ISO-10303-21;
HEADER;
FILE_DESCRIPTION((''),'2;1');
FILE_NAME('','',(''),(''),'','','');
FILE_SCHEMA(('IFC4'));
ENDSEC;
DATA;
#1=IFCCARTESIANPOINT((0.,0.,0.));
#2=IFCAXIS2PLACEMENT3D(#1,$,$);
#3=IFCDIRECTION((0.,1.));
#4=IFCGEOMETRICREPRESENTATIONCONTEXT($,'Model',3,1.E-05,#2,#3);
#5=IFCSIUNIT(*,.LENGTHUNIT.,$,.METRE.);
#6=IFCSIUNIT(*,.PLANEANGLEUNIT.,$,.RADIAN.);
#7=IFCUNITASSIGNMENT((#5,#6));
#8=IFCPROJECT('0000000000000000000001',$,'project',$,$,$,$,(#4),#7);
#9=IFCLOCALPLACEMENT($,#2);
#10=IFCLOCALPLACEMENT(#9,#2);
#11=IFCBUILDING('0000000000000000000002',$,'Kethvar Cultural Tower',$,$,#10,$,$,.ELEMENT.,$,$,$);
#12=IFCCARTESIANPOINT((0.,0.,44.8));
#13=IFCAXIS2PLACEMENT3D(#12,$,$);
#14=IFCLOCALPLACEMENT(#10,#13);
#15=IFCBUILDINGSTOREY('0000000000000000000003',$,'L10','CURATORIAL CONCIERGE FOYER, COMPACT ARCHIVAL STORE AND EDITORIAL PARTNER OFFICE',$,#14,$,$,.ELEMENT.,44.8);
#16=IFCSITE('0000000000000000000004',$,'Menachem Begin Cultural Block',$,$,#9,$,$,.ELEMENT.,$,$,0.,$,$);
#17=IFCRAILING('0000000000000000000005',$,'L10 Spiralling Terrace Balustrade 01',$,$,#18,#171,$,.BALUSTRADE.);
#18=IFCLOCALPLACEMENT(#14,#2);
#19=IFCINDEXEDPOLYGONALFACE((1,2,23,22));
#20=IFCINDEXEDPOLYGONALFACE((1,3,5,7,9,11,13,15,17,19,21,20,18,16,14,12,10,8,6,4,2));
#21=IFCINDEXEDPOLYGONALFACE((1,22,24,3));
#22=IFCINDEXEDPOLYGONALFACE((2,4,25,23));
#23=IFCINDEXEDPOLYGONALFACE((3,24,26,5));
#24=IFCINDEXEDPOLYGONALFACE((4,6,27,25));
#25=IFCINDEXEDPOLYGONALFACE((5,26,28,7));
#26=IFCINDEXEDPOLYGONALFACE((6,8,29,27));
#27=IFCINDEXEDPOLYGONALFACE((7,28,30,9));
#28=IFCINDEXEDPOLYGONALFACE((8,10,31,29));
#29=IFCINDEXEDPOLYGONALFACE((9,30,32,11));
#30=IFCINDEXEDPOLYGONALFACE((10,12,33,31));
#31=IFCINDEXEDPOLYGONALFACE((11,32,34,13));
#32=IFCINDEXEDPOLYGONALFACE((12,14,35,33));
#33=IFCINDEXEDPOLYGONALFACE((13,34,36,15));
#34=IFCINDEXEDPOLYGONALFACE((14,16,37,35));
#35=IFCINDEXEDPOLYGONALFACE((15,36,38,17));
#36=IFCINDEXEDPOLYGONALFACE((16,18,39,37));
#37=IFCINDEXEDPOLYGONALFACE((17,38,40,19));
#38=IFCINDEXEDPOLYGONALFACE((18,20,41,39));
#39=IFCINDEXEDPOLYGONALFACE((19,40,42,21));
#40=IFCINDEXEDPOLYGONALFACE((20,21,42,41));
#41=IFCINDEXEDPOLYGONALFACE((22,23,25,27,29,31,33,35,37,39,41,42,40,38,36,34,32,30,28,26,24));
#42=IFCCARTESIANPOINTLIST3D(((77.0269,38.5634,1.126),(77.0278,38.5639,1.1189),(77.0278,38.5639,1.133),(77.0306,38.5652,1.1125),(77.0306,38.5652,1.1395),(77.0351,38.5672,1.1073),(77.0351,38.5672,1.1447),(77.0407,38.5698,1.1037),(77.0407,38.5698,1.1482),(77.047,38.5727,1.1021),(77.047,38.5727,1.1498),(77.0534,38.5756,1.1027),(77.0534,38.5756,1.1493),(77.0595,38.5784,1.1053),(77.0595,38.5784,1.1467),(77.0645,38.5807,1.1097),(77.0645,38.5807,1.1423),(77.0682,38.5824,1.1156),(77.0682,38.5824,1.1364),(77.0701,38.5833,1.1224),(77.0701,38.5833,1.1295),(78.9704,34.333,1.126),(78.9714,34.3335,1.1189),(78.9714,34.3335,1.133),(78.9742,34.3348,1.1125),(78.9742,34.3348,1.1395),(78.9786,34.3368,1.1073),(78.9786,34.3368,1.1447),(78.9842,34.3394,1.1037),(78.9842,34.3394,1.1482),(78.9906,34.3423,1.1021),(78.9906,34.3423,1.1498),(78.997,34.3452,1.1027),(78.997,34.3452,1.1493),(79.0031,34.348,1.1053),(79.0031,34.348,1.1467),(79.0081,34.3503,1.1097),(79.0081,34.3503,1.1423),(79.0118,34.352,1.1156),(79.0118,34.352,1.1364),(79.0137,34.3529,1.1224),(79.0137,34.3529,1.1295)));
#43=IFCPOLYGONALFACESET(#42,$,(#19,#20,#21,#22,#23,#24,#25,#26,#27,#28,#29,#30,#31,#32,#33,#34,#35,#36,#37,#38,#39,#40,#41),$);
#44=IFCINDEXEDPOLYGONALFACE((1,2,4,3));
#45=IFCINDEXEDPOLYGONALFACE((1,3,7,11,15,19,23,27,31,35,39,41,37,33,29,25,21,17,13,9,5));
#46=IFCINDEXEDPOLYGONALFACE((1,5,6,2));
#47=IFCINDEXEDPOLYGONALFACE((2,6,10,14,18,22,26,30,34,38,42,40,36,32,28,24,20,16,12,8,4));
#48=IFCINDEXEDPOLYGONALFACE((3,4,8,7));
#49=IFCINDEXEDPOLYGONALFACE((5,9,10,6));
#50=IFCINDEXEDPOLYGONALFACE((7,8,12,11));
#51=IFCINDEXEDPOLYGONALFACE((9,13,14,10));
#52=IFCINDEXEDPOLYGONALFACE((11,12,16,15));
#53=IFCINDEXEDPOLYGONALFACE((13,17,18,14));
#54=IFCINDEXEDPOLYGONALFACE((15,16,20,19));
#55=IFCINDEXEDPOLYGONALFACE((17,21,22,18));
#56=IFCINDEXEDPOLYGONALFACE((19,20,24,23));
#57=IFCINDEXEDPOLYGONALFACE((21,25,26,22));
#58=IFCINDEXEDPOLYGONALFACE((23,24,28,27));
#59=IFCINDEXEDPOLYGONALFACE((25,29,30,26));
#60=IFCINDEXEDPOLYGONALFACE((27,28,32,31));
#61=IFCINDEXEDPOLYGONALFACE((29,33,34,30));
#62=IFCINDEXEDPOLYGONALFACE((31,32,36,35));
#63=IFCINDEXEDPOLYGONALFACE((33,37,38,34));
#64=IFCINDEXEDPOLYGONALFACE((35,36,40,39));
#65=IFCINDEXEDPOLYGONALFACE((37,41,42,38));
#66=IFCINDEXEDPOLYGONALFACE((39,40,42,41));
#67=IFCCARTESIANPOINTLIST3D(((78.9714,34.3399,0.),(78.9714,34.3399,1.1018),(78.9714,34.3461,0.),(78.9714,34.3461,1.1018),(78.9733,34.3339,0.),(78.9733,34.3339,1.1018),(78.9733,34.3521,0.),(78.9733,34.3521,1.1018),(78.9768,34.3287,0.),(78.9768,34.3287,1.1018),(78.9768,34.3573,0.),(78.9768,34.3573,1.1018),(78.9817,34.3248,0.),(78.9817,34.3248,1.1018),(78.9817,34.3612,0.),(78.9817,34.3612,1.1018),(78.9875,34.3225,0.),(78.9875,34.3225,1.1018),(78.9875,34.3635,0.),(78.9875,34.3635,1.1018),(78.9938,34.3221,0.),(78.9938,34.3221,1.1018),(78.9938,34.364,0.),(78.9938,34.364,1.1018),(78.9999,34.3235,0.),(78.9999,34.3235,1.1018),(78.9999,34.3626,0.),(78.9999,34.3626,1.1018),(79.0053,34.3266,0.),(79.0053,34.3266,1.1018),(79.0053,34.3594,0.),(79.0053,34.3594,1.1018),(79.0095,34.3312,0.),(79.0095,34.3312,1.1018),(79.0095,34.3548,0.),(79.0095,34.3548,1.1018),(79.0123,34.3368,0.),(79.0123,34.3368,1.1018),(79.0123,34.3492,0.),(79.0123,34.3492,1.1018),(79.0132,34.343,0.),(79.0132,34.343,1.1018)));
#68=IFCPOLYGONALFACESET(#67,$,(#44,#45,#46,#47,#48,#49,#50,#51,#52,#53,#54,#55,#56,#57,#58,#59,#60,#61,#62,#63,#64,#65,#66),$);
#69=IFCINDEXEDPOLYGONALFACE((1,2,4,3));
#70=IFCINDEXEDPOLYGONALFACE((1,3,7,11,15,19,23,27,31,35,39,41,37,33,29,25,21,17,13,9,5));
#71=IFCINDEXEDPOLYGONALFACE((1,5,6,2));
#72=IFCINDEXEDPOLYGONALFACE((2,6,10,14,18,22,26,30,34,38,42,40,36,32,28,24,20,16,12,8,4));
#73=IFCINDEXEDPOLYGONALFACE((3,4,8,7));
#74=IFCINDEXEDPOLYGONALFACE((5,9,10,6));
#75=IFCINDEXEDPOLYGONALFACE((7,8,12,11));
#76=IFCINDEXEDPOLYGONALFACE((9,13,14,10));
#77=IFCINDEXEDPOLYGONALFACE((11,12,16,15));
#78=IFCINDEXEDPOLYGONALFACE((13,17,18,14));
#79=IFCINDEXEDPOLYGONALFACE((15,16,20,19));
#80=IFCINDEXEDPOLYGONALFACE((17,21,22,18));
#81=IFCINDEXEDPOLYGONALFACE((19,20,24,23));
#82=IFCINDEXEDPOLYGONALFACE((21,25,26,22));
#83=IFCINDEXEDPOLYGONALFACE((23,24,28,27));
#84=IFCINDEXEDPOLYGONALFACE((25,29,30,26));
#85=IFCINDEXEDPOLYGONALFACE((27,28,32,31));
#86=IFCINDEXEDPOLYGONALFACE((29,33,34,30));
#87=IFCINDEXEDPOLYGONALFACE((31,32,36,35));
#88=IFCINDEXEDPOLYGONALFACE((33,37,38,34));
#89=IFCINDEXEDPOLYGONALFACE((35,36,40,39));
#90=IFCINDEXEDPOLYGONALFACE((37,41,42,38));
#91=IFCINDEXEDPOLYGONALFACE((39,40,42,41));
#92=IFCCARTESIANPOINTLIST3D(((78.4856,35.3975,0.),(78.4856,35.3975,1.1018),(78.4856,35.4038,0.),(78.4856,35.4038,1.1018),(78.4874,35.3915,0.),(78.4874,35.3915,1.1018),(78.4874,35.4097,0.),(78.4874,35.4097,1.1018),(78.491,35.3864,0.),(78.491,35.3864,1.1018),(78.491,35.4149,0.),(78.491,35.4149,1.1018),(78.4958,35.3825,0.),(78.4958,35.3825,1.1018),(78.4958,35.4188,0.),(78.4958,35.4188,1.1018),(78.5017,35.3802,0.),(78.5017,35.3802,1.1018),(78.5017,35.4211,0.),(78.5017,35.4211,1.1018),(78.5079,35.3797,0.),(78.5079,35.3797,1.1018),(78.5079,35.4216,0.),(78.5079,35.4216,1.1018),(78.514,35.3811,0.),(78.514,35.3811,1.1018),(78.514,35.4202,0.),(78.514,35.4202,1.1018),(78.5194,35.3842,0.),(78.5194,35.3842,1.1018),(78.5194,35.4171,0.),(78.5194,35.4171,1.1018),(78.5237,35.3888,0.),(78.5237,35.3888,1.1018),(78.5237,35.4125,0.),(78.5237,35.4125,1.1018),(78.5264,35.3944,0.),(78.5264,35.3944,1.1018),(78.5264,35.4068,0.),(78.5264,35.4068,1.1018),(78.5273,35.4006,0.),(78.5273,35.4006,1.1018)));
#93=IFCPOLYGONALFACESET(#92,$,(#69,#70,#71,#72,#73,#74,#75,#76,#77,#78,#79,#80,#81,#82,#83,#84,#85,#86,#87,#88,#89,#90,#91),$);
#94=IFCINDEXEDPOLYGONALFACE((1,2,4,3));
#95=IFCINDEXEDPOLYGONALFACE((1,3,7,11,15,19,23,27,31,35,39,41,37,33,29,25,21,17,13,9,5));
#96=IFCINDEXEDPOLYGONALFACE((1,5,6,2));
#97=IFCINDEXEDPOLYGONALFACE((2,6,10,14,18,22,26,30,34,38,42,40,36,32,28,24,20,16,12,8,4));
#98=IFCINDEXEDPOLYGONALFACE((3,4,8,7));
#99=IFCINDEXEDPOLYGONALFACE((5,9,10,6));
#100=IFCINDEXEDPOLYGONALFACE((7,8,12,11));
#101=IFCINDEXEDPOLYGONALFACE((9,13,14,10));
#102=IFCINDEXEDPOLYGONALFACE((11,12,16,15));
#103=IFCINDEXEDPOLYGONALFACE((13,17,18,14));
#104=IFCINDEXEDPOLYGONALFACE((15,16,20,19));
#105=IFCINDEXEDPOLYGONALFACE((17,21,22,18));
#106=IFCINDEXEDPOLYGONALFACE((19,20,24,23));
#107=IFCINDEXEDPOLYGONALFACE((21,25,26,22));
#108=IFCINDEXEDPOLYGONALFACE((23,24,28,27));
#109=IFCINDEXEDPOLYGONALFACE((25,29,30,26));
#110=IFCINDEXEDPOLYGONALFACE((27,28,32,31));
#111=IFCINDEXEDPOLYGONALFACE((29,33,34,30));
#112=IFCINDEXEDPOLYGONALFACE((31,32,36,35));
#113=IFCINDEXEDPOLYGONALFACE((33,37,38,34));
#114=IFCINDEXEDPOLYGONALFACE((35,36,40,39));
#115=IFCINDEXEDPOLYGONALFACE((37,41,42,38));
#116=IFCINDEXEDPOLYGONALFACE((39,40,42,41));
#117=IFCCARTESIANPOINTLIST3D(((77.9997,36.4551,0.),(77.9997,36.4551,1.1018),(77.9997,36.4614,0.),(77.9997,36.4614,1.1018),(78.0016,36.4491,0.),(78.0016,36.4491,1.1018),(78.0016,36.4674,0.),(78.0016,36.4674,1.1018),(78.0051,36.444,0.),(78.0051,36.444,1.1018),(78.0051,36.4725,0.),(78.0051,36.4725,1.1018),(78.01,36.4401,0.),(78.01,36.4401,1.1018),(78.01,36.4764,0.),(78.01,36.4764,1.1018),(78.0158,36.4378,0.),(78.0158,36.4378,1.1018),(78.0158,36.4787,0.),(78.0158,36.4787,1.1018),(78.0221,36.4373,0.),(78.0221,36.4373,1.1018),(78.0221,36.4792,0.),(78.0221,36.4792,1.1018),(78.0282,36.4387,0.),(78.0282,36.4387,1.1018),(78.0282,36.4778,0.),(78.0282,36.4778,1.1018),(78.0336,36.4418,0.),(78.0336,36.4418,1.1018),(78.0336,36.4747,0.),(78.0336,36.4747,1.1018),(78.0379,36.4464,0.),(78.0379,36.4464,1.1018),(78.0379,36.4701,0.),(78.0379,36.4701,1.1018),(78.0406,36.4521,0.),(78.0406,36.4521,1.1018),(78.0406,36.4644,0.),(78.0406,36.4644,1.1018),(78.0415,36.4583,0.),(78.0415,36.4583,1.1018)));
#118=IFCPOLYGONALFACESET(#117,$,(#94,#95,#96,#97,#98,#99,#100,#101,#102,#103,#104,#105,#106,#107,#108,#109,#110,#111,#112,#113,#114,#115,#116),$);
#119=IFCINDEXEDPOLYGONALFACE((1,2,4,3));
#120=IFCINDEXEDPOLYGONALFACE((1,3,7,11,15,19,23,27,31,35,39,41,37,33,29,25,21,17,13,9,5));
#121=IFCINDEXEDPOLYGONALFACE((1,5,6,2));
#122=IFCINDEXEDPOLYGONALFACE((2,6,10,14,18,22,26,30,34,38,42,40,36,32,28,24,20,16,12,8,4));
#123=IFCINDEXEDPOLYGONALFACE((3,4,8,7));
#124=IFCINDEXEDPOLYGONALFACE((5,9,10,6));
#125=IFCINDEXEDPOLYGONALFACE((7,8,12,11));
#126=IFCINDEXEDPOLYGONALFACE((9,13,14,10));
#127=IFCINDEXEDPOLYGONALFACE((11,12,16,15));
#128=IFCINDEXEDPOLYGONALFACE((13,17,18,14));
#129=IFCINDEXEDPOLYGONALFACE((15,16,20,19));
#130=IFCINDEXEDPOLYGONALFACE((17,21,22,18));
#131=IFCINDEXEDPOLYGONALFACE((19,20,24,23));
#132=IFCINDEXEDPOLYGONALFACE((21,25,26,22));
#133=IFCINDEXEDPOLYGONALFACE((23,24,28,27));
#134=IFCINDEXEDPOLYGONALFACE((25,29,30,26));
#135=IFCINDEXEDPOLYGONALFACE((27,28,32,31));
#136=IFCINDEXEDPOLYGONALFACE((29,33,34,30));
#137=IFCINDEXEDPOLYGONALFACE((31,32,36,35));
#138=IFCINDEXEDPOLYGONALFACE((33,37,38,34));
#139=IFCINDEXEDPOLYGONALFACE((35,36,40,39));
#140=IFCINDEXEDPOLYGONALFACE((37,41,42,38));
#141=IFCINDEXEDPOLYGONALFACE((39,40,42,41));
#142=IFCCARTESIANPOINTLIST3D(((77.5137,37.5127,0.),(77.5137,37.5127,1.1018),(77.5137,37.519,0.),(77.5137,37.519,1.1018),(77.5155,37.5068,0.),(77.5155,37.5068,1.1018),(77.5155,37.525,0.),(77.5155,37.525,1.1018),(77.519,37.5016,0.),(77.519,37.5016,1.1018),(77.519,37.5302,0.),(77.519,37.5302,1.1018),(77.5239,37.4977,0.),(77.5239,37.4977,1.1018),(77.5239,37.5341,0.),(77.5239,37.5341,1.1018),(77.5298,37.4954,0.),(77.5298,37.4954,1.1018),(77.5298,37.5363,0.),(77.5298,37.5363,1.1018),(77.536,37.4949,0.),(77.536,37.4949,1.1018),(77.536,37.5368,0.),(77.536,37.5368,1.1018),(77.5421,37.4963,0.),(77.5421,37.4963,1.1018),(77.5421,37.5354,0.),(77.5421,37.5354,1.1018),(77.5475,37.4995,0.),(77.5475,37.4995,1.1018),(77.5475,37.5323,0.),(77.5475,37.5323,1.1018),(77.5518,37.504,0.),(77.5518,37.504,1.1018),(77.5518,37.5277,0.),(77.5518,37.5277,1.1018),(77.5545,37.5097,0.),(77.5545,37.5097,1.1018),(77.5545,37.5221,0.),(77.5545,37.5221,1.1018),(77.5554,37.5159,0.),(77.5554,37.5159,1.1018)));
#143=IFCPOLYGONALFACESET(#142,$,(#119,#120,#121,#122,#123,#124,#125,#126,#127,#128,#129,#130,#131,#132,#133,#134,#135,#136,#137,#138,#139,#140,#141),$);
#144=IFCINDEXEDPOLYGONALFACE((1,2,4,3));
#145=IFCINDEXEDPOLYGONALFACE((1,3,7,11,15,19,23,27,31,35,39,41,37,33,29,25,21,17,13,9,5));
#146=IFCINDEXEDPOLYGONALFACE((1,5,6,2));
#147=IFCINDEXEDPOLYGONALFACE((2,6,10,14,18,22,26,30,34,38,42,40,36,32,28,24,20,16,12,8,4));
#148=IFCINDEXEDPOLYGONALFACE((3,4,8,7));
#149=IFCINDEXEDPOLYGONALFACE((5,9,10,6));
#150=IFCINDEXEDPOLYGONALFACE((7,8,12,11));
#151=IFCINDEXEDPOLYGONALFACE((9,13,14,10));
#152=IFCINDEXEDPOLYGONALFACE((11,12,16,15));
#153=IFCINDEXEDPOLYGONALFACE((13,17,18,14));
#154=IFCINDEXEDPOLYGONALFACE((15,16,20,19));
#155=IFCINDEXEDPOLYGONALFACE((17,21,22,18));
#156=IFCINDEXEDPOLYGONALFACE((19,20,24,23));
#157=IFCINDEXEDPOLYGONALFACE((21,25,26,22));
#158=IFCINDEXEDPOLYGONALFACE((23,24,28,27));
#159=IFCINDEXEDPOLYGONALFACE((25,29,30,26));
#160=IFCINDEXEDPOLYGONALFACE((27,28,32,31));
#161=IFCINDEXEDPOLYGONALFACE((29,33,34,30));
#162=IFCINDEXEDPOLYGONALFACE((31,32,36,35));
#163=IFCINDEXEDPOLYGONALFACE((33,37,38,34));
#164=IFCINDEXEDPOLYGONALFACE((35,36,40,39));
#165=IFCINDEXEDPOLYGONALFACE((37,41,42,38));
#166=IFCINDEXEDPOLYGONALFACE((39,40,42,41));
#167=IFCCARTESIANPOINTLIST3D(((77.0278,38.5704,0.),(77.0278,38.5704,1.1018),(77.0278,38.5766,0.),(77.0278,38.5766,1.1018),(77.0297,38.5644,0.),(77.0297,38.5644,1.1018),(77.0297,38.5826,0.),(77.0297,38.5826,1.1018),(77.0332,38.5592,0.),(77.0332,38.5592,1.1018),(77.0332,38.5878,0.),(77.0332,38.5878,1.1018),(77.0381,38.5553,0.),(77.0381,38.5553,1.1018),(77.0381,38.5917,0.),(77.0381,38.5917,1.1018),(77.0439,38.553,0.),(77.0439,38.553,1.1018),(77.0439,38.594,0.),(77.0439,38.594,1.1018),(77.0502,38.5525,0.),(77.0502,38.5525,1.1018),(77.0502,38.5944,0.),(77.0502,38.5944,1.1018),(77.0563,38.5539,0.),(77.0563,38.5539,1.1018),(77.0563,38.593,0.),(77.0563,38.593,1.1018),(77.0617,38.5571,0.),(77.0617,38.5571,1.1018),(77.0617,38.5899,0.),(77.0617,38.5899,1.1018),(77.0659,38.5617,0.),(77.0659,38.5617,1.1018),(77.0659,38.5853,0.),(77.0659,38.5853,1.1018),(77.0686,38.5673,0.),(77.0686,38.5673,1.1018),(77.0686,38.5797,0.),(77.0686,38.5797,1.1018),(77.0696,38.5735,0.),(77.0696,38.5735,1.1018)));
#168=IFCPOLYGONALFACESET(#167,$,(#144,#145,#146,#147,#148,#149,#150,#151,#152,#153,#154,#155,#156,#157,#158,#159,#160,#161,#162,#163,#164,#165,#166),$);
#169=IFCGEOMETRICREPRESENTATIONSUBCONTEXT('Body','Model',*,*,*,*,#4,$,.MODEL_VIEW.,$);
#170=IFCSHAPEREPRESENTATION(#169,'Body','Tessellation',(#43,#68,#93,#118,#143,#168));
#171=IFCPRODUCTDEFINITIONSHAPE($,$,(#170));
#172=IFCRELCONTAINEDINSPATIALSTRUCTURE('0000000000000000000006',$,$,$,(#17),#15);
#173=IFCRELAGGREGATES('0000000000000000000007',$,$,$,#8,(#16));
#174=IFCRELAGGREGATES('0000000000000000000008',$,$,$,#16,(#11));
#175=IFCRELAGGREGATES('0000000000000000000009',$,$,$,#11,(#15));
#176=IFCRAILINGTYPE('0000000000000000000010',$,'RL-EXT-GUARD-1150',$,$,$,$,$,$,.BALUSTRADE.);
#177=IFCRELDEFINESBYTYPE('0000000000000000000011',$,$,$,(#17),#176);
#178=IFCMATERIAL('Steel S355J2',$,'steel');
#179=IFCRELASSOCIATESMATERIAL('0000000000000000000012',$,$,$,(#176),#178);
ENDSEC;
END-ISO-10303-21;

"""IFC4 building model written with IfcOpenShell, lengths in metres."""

from ifc_helpers import new_model, si_unit, direction, frame, origin, origin_2d, place, context, subcontext, project, spatial, circle, extrude, material, type_object, element, save


model = new_model("IFC4")

# Units and contexts
model_context = context("Model", 3, precision=1e-05, world=origin(), true_north=direction((0.0, 1.0)))
body_context = subcontext(model_context, "Body", "Model", "MODEL_VIEW")
ifc_project = project(units=[si_unit("LENGTHUNIT", "METRE"), si_unit("PLANEANGLEUNIT", "RADIAN")], contexts=[model_context])

# Site, building, storey
site_placement = place(None, origin())
site = spatial("IfcSite", under=ifc_project, at=site_placement, Name="Menachem Begin Cultural Block", CompositionType="ELEMENT", RefElevation=0.0)
building_placement = place(site_placement, origin())
building = spatial("IfcBuilding", under=site, at=building_placement, Name="Kethvar Cultural Tower", CompositionType="ELEMENT")
storey_placement = place(building_placement, frame((0.0, 0.0, 44.8)))
storey = spatial("IfcBuildingStorey", under=building, at=storey_placement, Name="L10", Description="CURATORIAL CONCIERGE FOYER, COMPACT ARCHIVAL STORE AND EDITORIAL PARTNER OFFICE", CompositionType="ELEMENT", Elevation=44.8)

# Shared definitions
ifc_material_1 = material(Name="Steel S355J2", Category="steel")

# Railing
railing_type = type_object("IfcRailingType", Name="RL-EXT-GUARD-1150", PredefinedType="BALUSTRADE", material=ifc_material_1)
railing_1_placement = place(storey_placement, frame((78.9922, 34.343, 0.0)))
element("IfcRailing", 1, at=railing_1_placement, inside=storey, type_object=railing_type, Name="L10 Spiralling Terrace Balustrade 01", PredefinedType="BALUSTRADE", context=body_context, shape_type="SweptSolid", body=[
    extrude(circle(Radius=0.0239, at=origin_2d()), frame((0.0, 0.0, 1.126), z_axis=(-0.417478, 0.908687, 0.0), x_axis=(-0.908687, -0.417478, 0.0)), (0.0, 0.0, 1.0), 4.6555),
    extrude(circle(Radius=0.021, at=origin_2d()), origin(), (0.0, 0.0, 1.0), 1.1018),
    extrude(circle(Radius=0.021, at=origin_2d()), frame((-0.4858, 1.0576, 0.0)), (0.0, 0.0, 1.0), 1.1018),
    extrude(circle(Radius=0.021, at=origin_2d()), frame((-0.9717, 2.1152, 0.0)), (0.0, 0.0, 1.0), 1.1018),
    extrude(circle(Radius=0.021, at=origin_2d()), frame((-1.4578, 3.1729, 0.0)), (0.0, 0.0, 1.0), 1.1018),
    extrude(circle(Radius=0.021, at=origin_2d()), frame((-1.9436, 4.2305, 0.0)), (0.0, 0.0, 1.0), 1.1018),
])

save(model, "model.ifc")
